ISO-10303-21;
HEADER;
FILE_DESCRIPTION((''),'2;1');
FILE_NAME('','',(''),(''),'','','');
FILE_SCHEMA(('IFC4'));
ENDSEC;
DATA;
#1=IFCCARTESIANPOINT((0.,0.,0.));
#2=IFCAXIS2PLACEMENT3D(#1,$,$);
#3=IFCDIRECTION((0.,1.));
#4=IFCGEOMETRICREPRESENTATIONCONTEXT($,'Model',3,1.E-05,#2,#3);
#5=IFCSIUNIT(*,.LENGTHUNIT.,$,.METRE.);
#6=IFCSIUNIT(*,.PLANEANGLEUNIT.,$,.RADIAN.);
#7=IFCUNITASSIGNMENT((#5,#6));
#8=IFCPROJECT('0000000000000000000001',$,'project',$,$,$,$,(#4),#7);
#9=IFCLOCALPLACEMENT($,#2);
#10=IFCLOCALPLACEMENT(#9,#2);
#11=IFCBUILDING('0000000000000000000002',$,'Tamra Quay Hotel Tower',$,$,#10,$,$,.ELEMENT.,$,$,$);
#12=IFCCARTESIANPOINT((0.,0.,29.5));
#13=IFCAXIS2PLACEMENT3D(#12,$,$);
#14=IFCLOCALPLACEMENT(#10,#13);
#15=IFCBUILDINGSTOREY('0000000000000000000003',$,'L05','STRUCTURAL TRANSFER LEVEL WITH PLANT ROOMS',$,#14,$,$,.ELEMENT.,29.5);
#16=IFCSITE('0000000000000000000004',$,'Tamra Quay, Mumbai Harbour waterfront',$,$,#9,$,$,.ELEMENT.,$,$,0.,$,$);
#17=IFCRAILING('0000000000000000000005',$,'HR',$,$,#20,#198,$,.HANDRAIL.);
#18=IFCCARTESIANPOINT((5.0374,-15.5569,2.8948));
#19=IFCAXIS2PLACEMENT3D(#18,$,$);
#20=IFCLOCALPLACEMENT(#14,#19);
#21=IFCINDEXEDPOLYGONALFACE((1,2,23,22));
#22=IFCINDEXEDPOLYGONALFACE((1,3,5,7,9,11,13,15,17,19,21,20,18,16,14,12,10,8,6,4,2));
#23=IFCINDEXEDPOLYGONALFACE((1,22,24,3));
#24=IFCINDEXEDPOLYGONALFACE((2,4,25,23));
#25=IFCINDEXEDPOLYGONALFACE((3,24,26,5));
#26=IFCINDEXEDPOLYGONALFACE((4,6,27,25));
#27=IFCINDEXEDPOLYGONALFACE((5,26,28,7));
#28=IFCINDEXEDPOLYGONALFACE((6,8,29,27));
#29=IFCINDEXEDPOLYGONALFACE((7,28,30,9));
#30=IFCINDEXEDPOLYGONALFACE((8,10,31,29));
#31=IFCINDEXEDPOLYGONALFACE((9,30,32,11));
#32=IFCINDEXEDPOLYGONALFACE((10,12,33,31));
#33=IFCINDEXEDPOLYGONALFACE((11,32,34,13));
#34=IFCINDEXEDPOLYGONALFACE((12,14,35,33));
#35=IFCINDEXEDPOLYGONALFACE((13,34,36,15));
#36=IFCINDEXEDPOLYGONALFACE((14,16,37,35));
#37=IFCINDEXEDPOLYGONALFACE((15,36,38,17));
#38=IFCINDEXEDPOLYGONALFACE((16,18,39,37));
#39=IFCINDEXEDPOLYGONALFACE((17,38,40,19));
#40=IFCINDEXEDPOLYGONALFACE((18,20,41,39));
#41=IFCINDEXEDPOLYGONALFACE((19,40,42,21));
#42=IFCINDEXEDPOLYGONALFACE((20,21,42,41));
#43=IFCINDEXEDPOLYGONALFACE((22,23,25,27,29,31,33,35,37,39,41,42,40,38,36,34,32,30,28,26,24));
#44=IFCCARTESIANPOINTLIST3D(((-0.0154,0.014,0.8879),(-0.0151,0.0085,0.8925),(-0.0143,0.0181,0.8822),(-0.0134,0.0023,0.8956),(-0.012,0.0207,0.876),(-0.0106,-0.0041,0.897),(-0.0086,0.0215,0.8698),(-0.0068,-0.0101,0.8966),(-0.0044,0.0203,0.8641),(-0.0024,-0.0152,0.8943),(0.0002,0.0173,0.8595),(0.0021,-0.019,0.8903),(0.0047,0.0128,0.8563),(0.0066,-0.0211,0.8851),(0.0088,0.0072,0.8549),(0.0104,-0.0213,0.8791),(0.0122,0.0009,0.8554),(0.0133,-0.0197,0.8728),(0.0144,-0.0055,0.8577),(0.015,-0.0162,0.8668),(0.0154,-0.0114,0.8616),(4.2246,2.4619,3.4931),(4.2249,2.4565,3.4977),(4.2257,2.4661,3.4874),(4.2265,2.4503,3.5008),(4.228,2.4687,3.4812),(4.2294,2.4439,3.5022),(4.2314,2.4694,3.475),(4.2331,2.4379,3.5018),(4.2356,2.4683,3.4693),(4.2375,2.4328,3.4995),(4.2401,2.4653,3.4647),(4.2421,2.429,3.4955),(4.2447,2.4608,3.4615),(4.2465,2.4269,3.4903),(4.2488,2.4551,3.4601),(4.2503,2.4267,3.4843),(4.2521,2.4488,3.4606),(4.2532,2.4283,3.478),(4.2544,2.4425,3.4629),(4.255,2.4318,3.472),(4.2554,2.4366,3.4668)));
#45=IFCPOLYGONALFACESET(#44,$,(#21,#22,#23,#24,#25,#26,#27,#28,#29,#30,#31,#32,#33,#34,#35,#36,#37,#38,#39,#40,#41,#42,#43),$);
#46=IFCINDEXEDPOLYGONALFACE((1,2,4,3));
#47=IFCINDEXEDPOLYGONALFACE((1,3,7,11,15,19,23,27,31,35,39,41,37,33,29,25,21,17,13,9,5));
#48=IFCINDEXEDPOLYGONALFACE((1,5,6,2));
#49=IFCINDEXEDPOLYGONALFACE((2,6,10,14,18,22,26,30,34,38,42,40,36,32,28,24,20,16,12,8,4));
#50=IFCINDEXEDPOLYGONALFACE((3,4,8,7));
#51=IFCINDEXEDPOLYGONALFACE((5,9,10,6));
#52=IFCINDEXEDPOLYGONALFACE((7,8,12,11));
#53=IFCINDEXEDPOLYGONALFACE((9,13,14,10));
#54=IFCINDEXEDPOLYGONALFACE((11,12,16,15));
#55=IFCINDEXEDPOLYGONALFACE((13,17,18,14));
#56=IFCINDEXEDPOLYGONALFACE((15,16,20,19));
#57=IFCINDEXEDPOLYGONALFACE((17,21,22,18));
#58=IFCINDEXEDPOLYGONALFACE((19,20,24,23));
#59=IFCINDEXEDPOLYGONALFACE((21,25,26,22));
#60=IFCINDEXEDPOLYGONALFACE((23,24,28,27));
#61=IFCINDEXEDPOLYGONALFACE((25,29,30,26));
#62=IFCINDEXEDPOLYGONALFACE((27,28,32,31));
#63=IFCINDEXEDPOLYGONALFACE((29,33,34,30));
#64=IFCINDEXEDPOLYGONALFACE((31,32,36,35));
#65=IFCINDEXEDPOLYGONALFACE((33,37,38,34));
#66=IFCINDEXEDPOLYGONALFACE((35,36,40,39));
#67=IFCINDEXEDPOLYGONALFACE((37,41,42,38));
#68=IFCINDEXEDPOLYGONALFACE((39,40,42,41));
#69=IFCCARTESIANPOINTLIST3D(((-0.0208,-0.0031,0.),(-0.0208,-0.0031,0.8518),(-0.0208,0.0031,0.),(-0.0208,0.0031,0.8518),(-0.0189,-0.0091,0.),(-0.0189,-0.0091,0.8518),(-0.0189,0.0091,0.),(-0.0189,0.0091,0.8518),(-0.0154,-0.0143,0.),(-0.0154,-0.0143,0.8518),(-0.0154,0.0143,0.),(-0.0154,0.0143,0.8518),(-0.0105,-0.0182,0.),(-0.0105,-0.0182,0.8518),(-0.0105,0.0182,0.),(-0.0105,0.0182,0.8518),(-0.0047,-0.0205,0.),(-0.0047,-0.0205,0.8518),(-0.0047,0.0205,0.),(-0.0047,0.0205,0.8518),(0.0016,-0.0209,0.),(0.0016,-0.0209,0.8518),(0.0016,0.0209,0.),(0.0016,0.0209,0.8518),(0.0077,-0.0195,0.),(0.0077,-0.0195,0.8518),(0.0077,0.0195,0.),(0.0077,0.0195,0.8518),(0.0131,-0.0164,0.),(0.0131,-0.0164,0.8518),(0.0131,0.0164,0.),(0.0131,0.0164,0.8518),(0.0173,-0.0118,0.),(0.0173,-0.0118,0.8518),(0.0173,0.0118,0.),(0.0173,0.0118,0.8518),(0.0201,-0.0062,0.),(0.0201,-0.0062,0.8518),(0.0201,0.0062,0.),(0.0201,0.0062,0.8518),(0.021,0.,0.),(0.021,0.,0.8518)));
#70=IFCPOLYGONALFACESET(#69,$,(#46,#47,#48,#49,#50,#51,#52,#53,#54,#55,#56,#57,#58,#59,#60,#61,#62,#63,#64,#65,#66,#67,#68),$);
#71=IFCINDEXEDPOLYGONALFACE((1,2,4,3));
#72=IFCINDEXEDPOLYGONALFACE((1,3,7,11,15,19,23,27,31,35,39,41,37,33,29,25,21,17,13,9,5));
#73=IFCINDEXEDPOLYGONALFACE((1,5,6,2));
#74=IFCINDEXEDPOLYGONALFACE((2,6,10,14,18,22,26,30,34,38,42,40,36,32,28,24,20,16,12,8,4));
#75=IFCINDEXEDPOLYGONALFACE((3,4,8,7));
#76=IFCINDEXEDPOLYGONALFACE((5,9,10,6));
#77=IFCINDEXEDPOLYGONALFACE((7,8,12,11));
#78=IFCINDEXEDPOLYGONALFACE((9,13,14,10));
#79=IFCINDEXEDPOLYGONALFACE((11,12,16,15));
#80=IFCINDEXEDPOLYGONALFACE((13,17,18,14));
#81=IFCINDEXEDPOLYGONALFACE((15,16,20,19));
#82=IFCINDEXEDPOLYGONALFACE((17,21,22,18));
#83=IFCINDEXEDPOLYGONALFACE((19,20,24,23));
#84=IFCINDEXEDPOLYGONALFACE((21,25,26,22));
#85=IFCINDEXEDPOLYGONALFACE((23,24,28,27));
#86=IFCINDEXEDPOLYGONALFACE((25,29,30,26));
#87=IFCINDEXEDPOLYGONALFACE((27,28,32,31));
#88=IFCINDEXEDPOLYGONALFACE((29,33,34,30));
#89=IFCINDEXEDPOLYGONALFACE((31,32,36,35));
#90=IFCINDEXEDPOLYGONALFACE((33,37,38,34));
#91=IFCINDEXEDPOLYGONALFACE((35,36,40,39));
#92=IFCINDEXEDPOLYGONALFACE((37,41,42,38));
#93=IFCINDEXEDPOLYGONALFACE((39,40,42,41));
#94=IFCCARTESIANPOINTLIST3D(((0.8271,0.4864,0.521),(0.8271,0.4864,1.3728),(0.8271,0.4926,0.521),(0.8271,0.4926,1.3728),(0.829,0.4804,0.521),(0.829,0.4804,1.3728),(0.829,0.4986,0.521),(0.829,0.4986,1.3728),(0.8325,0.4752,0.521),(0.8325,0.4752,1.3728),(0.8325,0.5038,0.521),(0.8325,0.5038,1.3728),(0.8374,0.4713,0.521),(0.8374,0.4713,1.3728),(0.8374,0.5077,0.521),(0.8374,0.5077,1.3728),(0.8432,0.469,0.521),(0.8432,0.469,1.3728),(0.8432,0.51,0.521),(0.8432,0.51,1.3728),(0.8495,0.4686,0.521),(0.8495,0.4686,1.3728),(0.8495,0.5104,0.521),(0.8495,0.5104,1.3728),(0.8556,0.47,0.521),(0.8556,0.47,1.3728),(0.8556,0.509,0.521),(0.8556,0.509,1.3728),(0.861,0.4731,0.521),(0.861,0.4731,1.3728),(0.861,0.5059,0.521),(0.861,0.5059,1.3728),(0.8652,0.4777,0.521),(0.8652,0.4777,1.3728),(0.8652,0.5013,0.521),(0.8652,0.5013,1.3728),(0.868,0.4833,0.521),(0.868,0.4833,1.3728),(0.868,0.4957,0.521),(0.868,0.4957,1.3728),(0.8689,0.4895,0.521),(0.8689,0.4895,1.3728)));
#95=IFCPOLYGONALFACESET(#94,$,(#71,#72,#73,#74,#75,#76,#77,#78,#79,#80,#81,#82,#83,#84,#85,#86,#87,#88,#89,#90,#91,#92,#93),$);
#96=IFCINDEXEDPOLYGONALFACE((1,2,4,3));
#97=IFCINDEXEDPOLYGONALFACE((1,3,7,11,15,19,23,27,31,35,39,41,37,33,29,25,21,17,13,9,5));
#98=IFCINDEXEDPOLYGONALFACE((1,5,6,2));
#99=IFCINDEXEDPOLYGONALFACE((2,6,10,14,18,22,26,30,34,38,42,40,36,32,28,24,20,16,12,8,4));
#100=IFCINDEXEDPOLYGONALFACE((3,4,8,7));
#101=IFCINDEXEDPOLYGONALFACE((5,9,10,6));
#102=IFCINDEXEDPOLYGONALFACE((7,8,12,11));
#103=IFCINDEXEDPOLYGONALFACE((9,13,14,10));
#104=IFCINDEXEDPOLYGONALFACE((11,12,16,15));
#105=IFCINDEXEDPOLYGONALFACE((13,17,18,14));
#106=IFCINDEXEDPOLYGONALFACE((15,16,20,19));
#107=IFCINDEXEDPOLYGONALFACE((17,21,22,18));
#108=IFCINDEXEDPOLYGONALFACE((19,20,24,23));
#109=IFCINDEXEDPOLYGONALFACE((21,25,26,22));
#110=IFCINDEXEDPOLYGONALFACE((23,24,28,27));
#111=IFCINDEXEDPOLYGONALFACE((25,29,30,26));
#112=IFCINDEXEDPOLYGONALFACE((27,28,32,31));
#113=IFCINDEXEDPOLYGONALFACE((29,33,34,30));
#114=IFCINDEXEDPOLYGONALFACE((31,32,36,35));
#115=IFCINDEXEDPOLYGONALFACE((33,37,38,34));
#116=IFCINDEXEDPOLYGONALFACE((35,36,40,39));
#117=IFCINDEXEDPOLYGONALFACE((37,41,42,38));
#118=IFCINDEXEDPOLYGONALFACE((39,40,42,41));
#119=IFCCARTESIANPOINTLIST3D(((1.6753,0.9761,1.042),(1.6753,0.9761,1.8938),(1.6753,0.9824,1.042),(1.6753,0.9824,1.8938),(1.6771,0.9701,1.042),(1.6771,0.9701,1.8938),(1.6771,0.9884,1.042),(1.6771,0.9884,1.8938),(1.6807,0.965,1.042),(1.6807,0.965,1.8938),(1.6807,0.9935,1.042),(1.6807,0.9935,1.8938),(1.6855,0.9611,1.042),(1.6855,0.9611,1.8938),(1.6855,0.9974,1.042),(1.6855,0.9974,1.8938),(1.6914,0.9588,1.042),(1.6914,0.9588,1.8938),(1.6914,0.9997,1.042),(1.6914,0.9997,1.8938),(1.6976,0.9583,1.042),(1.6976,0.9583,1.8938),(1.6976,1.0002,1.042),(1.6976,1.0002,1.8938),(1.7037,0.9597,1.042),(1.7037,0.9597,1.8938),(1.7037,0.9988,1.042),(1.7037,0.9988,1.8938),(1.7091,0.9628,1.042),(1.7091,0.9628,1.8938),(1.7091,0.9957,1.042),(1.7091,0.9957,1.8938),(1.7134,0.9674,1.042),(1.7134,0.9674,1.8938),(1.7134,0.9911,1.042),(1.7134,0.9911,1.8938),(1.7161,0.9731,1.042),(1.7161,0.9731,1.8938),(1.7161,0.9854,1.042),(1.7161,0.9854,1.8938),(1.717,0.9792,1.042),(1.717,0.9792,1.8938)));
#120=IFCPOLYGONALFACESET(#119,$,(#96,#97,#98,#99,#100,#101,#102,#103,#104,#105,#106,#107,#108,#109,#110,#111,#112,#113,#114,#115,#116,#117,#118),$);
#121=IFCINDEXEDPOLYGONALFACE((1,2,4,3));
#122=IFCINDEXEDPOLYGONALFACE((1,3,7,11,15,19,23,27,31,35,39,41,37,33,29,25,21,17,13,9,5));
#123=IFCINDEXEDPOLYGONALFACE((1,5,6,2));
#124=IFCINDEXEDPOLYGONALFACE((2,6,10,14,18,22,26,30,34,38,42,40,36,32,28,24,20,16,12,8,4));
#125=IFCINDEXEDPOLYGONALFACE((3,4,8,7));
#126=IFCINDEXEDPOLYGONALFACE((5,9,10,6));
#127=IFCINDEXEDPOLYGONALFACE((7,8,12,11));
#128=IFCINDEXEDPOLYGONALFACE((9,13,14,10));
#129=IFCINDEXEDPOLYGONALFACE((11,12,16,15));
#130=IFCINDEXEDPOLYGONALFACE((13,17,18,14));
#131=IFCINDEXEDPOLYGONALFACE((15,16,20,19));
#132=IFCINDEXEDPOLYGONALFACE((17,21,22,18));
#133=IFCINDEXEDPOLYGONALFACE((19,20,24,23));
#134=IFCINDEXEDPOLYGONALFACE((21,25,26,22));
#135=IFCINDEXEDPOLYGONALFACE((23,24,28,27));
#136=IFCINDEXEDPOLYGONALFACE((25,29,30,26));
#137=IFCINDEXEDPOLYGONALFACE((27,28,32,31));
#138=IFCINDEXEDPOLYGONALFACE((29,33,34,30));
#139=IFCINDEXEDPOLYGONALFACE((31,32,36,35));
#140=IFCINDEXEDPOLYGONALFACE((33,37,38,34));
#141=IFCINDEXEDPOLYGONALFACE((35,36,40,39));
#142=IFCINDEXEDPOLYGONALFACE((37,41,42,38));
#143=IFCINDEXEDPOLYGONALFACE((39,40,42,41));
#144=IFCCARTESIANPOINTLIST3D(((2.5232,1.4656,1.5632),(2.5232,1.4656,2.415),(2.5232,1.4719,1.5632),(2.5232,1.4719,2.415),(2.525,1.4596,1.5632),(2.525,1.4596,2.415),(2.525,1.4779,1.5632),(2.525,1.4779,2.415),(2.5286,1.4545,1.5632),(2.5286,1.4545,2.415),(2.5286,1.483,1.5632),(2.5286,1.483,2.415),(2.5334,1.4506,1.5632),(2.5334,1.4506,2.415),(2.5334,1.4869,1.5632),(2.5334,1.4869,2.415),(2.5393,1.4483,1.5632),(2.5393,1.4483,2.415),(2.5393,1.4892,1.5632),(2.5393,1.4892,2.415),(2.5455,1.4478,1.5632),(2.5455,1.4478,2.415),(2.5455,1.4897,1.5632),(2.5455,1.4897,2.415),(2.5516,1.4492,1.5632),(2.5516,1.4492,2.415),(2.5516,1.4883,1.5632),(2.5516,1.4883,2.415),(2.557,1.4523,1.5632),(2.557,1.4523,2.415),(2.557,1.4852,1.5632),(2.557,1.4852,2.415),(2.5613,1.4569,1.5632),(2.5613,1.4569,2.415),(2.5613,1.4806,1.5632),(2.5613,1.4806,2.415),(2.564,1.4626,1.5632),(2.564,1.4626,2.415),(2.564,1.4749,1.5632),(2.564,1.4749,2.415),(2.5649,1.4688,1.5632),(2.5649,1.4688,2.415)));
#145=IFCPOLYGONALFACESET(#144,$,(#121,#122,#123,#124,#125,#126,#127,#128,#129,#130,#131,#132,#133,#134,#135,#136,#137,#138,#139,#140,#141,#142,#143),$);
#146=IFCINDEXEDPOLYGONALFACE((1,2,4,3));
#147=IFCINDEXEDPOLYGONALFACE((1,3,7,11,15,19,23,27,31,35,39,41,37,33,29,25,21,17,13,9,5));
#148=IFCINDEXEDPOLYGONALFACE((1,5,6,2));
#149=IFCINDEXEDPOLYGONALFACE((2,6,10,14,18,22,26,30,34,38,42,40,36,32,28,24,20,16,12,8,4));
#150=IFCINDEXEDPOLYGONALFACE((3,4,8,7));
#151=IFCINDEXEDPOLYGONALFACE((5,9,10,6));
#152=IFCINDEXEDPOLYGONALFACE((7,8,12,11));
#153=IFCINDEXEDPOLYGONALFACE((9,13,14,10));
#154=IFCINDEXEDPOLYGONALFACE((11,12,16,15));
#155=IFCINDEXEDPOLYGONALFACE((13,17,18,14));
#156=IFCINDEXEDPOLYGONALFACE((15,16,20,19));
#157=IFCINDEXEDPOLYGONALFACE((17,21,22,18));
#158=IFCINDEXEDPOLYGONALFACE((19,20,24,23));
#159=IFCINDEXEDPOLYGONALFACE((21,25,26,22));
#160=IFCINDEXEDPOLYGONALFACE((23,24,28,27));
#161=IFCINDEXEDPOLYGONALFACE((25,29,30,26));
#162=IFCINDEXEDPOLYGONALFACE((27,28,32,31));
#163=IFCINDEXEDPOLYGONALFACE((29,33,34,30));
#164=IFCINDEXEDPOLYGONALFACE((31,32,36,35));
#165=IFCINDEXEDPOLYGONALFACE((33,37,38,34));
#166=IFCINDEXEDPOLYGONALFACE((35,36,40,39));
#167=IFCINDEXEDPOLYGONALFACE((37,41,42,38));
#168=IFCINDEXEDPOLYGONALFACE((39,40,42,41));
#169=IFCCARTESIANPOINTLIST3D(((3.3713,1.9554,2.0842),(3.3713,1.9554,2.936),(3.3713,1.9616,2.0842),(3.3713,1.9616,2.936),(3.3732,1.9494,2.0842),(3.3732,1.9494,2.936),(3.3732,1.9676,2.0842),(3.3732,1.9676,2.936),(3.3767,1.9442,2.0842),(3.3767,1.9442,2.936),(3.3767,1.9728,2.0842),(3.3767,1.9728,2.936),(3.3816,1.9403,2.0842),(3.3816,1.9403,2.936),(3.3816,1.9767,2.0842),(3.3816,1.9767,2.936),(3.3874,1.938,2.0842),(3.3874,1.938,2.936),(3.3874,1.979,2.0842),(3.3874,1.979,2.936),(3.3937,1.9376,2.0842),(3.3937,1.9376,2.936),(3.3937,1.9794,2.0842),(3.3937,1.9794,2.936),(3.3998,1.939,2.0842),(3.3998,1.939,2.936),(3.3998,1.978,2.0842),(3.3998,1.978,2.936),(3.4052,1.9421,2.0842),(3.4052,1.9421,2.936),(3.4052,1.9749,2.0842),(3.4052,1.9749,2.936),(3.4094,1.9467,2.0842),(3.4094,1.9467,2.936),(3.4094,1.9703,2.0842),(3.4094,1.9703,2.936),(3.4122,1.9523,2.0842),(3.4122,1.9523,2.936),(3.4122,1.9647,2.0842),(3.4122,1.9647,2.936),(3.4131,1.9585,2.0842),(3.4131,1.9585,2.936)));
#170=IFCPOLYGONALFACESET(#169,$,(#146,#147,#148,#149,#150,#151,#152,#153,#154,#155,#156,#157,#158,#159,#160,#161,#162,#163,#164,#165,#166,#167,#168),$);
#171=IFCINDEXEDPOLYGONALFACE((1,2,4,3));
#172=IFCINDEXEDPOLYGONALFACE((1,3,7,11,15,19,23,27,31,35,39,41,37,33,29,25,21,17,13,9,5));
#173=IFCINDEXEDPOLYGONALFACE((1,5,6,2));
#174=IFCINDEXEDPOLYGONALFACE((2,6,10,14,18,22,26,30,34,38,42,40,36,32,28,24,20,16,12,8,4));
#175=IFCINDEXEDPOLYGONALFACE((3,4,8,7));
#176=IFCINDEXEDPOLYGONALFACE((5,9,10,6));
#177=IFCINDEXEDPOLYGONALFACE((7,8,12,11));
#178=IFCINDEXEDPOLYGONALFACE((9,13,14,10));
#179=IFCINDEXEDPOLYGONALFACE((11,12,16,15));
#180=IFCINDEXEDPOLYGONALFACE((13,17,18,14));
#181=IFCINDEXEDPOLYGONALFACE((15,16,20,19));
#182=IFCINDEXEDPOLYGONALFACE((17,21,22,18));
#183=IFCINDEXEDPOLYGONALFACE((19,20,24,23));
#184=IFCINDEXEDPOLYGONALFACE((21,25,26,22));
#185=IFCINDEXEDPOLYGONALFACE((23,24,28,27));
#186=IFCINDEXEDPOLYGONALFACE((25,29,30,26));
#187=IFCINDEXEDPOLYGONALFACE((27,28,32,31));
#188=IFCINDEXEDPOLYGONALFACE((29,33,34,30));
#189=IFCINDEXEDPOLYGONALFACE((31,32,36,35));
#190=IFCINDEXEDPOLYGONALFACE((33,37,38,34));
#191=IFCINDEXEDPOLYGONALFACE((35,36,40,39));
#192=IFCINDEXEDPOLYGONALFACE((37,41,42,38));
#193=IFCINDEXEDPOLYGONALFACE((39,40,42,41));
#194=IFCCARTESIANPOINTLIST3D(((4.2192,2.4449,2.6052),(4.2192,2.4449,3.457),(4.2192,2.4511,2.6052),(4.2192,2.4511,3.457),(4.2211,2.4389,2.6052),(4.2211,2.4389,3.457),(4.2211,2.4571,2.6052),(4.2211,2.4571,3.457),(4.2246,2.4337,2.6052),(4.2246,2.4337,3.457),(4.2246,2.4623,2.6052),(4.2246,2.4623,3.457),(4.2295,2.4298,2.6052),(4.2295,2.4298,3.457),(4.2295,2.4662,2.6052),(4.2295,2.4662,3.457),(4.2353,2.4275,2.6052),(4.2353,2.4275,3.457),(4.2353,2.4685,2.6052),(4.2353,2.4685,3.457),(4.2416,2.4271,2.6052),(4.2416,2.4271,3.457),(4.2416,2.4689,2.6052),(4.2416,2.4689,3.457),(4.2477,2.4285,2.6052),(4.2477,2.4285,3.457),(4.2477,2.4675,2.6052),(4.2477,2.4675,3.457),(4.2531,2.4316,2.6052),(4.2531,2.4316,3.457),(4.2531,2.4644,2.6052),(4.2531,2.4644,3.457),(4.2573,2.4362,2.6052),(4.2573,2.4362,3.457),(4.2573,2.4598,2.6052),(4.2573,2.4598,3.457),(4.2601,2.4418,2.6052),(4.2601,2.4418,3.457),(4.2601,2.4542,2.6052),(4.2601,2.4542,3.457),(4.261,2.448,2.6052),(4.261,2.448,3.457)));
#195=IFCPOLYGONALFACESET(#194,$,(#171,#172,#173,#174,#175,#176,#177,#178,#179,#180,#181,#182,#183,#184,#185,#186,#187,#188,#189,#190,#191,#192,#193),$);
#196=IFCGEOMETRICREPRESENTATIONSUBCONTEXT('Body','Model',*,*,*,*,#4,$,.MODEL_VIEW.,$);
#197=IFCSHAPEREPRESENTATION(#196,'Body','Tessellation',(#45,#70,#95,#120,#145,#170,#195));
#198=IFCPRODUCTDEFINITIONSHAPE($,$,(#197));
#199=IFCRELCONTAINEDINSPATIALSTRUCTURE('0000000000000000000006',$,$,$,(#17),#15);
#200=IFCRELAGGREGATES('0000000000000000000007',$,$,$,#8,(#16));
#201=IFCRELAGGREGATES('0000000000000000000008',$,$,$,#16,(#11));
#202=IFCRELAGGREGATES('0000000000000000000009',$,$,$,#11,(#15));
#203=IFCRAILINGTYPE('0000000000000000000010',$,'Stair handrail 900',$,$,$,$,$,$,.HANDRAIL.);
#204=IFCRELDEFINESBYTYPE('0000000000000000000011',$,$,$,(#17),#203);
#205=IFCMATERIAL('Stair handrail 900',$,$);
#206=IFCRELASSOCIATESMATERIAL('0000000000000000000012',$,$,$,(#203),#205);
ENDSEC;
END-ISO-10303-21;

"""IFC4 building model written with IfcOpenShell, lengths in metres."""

from ifc_helpers import new_model, si_unit, direction, frame, origin, origin_2d, place, context, subcontext, project, spatial, circle, extrude, material, type_object, element, save


model = new_model("IFC4")

# Units and contexts
model_context = context("Model", 3, precision=1e-05, world=origin(), true_north=direction((0.0, 1.0)))
body_context = subcontext(model_context, "Body", "Model", "MODEL_VIEW")
ifc_project = project(units=[si_unit("LENGTHUNIT", "METRE"), si_unit("PLANEANGLEUNIT", "RADIAN")], contexts=[model_context])

# Site, building, storey
site_placement = place(None, origin())
site = spatial("IfcSite", under=ifc_project, at=site_placement, Name="Tamra Quay, Mumbai Harbour waterfront", CompositionType="ELEMENT", RefElevation=0.0)
building_placement = place(site_placement, origin())
building = spatial("IfcBuilding", under=site, at=building_placement, Name="Tamra Quay Hotel Tower", CompositionType="ELEMENT")
storey_placement = place(building_placement, frame((0.0, 0.0, 29.5)))
storey = spatial("IfcBuildingStorey", under=building, at=storey_placement, Name="L05", Description="STRUCTURAL TRANSFER LEVEL WITH PLANT ROOMS", CompositionType="ELEMENT", Elevation=29.5)

# Railing
ifc_material_1 = material(Name="Stair handrail 900")
railing_type_1 = type_object("IfcRailingType", Name="Stair handrail 900", PredefinedType="HANDRAIL", material=ifc_material_1)
railing_1_placement = place(storey_placement, frame((5.0374, -15.5569, 2.8948)))
element("IfcRailing", 1, at=railing_1_placement, inside=storey, type_object=railing_type_1, Name="HR", PredefinedType="HANDRAIL", context=body_context, shape_type="SweptSolid", body=[
    extrude(circle(Radius=0.0239, at=origin_2d()), frame((0.0, 0.0, 0.876), z_axis=(0.764522, 0.441404, 0.469754), x_axis=(-0.500006, 0.866022, 0.0)), (0.0, 0.0, 1.0), 5.5459),
    extrude(circle(Radius=0.021, at=origin_2d()), origin(), (0.0, 0.0, 1.0), 0.8518),
    extrude(circle(Radius=0.021, at=origin_2d()), frame((0.8479, 0.4895, 0.521)), (0.0, 0.0, 1.0), 0.8518),
    extrude(circle(Radius=0.021, at=origin_2d()), frame((1.696, 0.9792, 1.042)), (0.0, 0.0, 1.0), 0.8518),
    extrude(circle(Radius=0.021, at=origin_2d()), frame((2.5439, 1.4688, 1.5632)), (0.0, 0.0, 1.0), 0.8518),
    extrude(circle(Radius=0.021, at=origin_2d()), frame((3.3921, 1.9585, 2.0842)), (0.0, 0.0, 1.0), 0.8518),
    extrude(circle(Radius=0.021, at=origin_2d()), frame((4.24, 2.448, 2.6052)), (0.0, 0.0, 1.0), 0.8518),
])

save(model, "model.ifc")
